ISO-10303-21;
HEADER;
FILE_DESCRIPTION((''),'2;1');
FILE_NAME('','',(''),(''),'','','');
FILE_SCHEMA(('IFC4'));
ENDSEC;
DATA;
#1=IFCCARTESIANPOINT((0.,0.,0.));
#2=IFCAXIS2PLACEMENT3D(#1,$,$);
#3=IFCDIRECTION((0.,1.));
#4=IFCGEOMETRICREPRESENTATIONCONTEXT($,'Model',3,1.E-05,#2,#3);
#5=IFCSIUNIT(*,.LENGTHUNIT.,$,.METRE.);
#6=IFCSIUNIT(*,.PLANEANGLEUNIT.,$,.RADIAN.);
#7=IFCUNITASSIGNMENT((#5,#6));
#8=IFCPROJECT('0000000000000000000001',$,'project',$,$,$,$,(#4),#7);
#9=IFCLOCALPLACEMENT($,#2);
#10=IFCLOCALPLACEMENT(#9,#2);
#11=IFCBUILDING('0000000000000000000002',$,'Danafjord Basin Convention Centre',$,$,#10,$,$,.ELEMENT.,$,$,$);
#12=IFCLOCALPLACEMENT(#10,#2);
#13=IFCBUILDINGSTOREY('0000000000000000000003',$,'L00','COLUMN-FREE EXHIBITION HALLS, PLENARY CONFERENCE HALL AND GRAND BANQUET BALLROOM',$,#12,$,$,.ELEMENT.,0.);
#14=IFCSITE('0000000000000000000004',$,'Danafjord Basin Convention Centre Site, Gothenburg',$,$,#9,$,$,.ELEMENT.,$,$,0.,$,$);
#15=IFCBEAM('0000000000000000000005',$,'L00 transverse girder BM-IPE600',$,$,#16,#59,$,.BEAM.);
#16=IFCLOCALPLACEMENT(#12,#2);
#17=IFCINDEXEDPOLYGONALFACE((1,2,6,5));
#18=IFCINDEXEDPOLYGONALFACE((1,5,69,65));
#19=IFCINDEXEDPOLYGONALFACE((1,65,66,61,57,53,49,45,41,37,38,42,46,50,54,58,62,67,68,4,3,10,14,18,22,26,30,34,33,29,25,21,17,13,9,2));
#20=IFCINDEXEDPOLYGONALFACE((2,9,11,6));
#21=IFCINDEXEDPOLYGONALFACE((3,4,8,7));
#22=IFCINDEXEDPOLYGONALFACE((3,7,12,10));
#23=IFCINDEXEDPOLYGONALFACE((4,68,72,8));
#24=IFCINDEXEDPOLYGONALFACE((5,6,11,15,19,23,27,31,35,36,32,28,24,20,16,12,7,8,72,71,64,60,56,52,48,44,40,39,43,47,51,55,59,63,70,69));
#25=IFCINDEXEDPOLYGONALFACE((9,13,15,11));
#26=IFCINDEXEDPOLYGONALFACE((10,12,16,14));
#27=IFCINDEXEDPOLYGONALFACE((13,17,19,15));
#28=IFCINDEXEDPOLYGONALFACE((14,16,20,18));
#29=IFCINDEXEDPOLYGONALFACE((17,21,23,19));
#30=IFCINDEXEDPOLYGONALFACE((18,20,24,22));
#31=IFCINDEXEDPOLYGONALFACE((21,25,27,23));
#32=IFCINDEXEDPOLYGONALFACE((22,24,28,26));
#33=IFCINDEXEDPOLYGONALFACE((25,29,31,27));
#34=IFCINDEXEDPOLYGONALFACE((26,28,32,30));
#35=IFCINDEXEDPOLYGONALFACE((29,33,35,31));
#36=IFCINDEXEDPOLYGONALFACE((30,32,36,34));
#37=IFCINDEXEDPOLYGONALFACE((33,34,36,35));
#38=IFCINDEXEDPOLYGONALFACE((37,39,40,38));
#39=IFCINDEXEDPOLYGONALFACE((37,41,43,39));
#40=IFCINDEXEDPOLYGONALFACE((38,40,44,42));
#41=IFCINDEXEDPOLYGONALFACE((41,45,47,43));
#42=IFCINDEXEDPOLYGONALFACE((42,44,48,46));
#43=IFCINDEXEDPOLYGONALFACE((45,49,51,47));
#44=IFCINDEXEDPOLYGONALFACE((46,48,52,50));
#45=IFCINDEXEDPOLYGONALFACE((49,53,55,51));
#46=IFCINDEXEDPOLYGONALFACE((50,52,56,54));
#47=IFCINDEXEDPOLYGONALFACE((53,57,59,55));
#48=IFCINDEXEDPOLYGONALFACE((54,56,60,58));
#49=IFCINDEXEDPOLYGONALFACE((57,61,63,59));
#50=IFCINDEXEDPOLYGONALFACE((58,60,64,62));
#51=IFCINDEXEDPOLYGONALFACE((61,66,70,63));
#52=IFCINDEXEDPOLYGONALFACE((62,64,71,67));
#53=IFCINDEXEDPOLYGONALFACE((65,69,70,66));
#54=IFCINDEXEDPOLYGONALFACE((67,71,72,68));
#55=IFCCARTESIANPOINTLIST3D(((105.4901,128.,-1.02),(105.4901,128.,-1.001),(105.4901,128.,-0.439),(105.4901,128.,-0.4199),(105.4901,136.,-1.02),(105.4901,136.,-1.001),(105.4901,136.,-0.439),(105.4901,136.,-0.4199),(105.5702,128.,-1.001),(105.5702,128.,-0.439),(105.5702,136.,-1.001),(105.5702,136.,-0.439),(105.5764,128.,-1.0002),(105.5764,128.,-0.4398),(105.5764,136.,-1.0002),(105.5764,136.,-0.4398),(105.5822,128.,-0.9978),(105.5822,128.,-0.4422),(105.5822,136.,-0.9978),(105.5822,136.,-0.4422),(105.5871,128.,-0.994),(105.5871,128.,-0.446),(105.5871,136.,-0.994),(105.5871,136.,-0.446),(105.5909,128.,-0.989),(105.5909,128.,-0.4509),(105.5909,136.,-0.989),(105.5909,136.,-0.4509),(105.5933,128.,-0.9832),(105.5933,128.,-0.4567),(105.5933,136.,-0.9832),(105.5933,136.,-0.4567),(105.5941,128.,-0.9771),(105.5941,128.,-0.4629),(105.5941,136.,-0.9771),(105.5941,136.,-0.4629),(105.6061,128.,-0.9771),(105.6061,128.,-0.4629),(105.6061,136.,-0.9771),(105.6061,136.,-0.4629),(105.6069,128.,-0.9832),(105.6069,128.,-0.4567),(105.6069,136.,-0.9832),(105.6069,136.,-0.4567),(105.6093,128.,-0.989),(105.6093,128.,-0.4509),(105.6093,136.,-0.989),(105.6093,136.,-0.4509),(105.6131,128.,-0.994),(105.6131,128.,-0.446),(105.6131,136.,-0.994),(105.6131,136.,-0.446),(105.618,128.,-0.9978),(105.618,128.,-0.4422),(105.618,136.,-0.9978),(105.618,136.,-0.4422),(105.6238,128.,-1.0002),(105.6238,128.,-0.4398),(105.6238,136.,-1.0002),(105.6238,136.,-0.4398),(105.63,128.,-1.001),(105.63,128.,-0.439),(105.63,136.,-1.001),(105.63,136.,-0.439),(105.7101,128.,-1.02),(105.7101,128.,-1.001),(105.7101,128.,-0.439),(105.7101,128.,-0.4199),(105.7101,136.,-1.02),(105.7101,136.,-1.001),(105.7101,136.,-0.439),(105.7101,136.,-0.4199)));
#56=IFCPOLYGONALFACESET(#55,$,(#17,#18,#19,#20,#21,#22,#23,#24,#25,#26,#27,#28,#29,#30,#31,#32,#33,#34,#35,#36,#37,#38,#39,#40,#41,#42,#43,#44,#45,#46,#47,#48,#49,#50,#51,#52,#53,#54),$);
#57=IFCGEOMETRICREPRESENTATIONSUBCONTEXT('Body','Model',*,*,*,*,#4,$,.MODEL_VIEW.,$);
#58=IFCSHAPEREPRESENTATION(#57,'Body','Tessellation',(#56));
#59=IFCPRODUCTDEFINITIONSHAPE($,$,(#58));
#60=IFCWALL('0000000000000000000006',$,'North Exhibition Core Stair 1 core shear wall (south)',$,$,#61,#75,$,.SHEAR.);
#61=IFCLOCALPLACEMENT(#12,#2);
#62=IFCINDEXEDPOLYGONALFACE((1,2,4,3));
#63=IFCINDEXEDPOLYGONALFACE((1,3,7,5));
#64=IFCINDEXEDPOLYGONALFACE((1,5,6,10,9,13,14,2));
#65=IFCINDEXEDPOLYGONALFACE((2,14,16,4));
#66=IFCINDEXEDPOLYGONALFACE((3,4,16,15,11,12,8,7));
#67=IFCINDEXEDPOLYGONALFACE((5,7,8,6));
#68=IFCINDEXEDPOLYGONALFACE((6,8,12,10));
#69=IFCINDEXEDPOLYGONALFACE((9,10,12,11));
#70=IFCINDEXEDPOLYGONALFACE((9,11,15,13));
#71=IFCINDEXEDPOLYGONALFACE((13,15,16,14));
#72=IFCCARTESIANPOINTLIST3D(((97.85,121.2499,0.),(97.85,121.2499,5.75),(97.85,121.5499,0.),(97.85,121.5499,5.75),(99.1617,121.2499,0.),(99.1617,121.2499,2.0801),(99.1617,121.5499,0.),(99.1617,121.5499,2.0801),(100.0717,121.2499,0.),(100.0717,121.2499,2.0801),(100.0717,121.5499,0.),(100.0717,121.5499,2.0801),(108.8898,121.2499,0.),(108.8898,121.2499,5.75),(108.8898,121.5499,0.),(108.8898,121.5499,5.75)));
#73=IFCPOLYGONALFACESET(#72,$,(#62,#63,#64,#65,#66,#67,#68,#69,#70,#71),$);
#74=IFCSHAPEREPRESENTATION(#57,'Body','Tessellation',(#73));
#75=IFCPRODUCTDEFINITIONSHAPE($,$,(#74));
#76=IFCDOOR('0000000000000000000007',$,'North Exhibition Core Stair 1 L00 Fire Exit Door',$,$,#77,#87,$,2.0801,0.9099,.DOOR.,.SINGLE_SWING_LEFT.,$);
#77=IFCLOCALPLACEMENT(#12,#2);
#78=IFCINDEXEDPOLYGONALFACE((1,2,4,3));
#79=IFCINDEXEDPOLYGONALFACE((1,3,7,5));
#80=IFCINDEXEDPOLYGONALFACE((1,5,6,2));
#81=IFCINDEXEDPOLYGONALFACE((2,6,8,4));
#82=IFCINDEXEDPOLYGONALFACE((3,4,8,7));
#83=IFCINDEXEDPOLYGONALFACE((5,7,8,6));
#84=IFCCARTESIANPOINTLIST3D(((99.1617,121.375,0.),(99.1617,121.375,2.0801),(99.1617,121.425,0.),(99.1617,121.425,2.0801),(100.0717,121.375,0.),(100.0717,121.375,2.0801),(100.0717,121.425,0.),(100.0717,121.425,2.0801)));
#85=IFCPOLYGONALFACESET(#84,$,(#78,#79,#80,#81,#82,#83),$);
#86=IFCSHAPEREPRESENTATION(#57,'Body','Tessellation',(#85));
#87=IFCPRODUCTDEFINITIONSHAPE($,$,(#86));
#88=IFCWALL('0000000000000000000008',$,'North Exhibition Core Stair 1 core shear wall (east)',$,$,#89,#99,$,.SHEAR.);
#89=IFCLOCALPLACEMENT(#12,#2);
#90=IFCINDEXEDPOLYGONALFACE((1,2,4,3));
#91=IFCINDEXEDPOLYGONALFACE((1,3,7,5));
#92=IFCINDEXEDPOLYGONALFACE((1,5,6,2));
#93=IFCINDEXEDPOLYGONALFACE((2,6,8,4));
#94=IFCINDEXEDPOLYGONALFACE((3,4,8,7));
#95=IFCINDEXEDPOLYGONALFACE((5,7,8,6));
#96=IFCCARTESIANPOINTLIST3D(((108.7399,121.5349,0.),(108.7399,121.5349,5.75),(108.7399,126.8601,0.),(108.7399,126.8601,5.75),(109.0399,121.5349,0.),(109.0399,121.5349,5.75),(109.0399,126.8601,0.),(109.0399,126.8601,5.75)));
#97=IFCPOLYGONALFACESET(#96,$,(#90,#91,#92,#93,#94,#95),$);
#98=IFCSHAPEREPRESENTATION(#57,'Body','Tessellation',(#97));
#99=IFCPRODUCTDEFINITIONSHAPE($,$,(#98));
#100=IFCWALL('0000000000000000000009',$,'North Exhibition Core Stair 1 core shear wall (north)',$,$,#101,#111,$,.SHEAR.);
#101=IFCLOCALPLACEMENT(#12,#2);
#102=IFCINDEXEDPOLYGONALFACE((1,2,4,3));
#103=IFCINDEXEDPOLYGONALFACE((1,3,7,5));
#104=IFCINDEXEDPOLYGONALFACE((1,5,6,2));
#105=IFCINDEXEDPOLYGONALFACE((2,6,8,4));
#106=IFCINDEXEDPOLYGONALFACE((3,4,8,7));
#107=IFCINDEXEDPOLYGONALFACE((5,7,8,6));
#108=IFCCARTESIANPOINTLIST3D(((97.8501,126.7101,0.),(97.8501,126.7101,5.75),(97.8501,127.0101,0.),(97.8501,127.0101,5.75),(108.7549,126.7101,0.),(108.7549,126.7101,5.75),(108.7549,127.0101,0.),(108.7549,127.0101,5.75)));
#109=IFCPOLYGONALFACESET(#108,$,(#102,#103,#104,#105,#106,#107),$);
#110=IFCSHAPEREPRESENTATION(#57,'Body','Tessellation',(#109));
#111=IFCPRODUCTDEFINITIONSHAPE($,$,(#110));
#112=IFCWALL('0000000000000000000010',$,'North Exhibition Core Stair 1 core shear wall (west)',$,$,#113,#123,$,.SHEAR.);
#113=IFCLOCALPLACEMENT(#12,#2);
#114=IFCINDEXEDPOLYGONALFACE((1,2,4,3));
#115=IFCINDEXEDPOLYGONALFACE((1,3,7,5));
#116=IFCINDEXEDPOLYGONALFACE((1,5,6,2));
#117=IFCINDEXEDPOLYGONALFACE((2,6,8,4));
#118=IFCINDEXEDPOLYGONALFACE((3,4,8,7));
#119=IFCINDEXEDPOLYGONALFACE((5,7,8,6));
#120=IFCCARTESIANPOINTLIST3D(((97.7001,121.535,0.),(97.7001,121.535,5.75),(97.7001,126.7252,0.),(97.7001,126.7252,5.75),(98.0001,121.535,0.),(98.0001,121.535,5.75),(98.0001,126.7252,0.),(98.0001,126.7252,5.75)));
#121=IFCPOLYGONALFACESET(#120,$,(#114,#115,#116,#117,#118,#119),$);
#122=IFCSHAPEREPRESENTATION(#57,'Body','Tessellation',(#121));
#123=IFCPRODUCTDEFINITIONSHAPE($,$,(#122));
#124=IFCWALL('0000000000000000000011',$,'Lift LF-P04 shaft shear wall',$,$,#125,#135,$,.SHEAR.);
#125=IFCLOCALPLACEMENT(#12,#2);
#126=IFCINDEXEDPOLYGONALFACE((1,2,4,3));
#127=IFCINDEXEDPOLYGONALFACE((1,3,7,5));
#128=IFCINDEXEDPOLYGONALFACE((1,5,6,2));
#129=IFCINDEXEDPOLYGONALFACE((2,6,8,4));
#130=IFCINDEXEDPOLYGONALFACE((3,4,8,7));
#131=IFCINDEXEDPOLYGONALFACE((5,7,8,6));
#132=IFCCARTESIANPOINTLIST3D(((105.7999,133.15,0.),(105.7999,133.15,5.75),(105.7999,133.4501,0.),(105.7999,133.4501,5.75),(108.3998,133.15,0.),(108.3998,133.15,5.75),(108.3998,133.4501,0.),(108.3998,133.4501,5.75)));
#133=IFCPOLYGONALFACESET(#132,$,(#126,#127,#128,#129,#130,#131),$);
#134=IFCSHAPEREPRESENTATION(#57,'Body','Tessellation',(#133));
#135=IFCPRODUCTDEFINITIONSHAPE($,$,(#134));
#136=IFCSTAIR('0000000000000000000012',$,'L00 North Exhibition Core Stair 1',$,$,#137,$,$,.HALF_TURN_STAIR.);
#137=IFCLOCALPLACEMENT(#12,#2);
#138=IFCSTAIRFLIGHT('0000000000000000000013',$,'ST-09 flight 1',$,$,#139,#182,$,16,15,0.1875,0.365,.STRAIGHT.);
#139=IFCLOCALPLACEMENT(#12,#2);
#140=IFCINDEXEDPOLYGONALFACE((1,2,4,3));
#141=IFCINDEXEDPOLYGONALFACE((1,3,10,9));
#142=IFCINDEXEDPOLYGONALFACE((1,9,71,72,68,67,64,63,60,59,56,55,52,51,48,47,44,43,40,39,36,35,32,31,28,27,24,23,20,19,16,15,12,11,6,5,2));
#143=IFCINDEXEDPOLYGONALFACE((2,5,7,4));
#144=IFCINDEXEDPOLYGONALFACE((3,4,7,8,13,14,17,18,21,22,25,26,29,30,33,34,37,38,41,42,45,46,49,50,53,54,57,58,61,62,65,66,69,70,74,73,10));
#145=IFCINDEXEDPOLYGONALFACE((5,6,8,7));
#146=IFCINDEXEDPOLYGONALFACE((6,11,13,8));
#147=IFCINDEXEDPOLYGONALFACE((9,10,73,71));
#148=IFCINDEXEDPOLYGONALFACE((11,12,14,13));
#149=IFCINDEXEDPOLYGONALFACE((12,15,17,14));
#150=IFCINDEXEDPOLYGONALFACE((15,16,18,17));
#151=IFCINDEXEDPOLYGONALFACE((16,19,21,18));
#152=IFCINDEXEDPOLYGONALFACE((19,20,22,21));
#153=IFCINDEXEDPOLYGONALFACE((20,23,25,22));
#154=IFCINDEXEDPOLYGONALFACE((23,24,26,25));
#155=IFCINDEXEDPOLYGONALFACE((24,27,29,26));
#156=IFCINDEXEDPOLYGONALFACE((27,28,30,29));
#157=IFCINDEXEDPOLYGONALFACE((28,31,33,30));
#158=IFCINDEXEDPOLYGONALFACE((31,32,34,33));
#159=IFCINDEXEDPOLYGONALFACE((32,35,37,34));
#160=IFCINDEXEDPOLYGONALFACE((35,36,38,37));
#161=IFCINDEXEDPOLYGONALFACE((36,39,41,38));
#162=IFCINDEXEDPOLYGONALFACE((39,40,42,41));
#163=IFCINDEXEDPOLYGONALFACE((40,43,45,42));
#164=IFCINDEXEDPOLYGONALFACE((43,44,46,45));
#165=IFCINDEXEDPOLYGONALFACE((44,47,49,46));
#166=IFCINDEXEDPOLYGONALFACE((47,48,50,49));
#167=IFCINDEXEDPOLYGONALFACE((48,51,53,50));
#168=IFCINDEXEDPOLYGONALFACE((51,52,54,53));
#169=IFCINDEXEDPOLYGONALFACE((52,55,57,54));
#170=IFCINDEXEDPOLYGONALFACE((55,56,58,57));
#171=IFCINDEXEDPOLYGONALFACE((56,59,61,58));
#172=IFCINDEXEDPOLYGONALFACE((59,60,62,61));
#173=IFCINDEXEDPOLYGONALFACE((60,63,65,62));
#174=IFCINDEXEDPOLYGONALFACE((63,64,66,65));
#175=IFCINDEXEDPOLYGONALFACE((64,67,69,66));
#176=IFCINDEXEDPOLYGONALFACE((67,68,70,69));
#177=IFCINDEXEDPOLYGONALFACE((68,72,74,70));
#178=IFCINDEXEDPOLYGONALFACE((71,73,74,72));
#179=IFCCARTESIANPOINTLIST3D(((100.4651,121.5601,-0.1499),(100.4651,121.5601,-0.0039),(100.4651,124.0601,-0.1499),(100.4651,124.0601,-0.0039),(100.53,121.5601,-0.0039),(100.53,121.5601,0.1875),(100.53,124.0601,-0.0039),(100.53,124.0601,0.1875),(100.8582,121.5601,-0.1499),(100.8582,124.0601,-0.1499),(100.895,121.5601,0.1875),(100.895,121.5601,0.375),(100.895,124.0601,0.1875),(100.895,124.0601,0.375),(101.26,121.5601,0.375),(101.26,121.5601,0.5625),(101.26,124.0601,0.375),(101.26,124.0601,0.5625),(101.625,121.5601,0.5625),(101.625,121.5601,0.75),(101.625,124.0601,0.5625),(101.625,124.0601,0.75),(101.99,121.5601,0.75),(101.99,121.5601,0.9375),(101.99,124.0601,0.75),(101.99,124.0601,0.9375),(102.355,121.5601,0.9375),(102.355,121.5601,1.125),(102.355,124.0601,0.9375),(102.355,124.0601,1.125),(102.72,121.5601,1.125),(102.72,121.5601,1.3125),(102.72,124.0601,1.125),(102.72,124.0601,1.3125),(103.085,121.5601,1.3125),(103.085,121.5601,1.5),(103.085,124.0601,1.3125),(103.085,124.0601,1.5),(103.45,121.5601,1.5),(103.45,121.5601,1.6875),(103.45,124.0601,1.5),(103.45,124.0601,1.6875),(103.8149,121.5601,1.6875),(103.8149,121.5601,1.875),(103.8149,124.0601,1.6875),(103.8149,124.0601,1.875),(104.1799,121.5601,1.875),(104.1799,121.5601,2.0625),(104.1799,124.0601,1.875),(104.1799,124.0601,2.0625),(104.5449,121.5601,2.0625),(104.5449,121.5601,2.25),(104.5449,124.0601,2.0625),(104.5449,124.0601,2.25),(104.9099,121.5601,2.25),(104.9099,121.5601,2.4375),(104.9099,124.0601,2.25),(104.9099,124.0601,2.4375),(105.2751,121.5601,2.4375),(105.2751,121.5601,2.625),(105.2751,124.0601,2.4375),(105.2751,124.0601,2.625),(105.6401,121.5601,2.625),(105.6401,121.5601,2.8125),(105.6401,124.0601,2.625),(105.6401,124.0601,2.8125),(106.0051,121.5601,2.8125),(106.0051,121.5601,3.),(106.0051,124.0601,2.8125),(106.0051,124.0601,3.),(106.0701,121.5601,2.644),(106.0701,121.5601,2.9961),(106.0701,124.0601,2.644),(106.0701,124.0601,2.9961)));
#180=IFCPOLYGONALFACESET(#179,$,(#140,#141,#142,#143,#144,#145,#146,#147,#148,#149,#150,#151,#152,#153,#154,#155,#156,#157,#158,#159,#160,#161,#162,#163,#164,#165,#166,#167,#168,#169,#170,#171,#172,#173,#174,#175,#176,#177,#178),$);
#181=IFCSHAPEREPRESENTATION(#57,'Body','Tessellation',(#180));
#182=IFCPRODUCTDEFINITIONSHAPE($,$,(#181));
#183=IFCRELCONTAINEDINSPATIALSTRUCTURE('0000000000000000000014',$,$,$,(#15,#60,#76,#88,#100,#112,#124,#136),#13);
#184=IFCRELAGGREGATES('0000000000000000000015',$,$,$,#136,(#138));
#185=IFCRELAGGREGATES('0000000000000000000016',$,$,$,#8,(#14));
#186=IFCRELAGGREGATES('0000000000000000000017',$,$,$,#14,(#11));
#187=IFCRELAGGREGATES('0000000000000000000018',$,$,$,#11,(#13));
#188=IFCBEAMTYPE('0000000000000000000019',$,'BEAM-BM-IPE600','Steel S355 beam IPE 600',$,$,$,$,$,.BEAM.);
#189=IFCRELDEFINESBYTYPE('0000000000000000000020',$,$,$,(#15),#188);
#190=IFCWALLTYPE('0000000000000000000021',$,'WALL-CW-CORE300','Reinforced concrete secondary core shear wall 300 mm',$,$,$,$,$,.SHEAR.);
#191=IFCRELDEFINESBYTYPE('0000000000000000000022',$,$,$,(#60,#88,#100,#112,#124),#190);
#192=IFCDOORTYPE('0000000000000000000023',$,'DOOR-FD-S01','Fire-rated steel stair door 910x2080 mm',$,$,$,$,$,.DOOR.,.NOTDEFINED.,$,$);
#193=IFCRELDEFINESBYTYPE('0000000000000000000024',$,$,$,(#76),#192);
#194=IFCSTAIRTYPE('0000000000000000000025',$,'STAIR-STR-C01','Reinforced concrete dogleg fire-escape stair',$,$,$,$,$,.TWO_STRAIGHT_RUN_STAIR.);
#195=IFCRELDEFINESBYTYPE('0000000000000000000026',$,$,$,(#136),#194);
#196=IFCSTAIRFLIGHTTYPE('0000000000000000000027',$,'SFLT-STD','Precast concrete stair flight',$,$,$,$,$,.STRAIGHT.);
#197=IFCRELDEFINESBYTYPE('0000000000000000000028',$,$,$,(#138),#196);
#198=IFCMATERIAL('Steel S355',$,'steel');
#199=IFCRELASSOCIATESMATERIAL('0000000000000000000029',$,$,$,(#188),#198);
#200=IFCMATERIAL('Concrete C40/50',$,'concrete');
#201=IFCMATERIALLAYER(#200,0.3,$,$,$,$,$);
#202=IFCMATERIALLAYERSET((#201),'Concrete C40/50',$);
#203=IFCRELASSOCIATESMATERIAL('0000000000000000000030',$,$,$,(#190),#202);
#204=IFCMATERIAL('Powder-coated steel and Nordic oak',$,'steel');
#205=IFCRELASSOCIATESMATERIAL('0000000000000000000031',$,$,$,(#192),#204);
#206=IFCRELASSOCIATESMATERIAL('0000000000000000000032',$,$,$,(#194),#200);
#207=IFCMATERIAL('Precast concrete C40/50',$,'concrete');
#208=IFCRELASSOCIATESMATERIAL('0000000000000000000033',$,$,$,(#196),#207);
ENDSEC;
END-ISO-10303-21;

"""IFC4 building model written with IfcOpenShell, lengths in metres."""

from ifc_helpers import new_model, si_unit, direction, frame, frame_2d, origin, origin_2d, place, context, subcontext, project, spatial, polyline, rectangle, i_section, outline, extrude, material, layer, layer_set, material_profile, profile_set, type_object, element, fill, aggregate, save


model = new_model("IFC4")

# Units and contexts
model_context = context("Model", 3, precision=1e-05, world=origin(), true_north=direction((0.0, 1.0)))
body_context = subcontext(model_context, "Body", "Model", "MODEL_VIEW")
ifc_project = project(units=[si_unit("LENGTHUNIT", "METRE"), si_unit("PLANEANGLEUNIT", "RADIAN")], contexts=[model_context])

# Site, building, storey
site_placement = place(None, origin())
site = spatial("IfcSite", under=ifc_project, at=site_placement, Name="Danafjord Basin Convention Centre Site, Gothenburg", CompositionType="ELEMENT", RefElevation=0.0)
building_placement = place(site_placement, origin())
building = spatial("IfcBuilding", under=site, at=building_placement, Name="Danafjord Basin Convention Centre", CompositionType="ELEMENT")
storey_placement = place(building_placement, origin())
storey = spatial("IfcBuildingStorey", under=building, at=storey_placement, Name="L00", Description="COLUMN-FREE EXHIBITION HALLS, PLENARY CONFERENCE HALL AND GRAND BANQUET BALLROOM", CompositionType="ELEMENT", Elevation=0.0)

# Shared definitions
ifc_material_1 = material(Name="Steel S355", Category="steel")

# Beam
ifc_material_profile_1 = material_profile(ifc_material_1, i_section(OverallWidth=0.22, OverallDepth=0.6001, WebThickness=0.012, FlangeThickness=0.019, FilletRadius=0.0239, at=origin_2d()), Name="IPE 600")
ifc_profile_set_1 = profile_set([ifc_material_profile_1], Name="Steel S355")
beam_type_1 = type_object("IfcBeamType", Name="BEAM-BM-IPE600", Description="Steel S355 beam IPE 600", PredefinedType="BEAM", material=ifc_profile_set_1)
beam_1_placement = place(storey_placement, frame((105.6001, 128.0, -0.72), z_axis=(0.0, 1.0, 0.0), x_axis=(-1.0, 0.0, 0.0)))
element("IfcBeam", 1, at=beam_1_placement, inside=storey, type_object=beam_type_1, Name="L00 transverse girder BM-IPE600", PredefinedType="BEAM", context=body_context, shape_type="SweptSolid", body=[
    extrude(i_section(OverallWidth=0.22, OverallDepth=0.6001, WebThickness=0.012, FlangeThickness=0.019, FilletRadius=0.0239, at=origin_2d()), origin(), (0.0, 0.0, 1.0), 8.0),
])

# Wall, opening, door
ifc_material_2 = material(Name="Concrete C40/50", Category="concrete")
ifc_layer = layer(ifc_material_2, 0.3)
ifc_layer_set = layer_set([ifc_layer], Name="Concrete C40/50")
wall_type = type_object("IfcWallType", Name="WALL-CW-CORE300", Description="Reinforced concrete secondary core shear wall 300 mm", PredefinedType="SHEAR", material=ifc_layer_set)
wall_1_placement = place(storey_placement, frame((108.8899, 121.3999, 0.0), z_axis=(0.0, 0.0, 1.0), x_axis=(-1.0, 0.0, 0.0)))
wall_1 = element("IfcWall", 2, at=wall_1_placement, inside=storey, type_object=wall_type, Name="North Exhibition Core Stair 1 core shear wall (south)", PredefinedType="SHEAR", context=body_context, shape_type="SweptSolid", body=[
    extrude(rectangle(XDim=11.0398, YDim=0.3, at=frame_2d((5.52, 0.0))), origin(), (0.0, 0.0, 1.0), 5.75),
])
opening_placement = place(wall_1_placement, frame((8.8181, 0.0, 0.0)))
opening = element("IfcOpeningElement", 3, at=opening_placement, cuts=wall_1, PredefinedType="OPENING", context=body_context, shape_type="SweptSolid", body=[
    extrude(rectangle(XDim=0.9099, YDim=2.0801, at=frame_2d((0.4551, 1.04))), frame((0.0, 0.1599, 0.0), z_axis=(0.0, -1.0, 0.0), x_axis=(1.0, 0.0, 0.0)), (0.0, 0.0, 1.0), 0.3201),
])
ifc_material_3 = material(Name="Powder-coated steel and Nordic oak", Category="steel")
door_type = type_object("IfcDoorType", Name="DOOR-FD-S01", Description="Fire-rated steel stair door 910x2080 mm", OperationType="NOTDEFINED", PredefinedType="DOOR", material=ifc_material_3)
door_placement = place(opening_placement, origin())
door = element("IfcDoor", 4, at=door_placement, inside=storey, type_object=door_type, Name="North Exhibition Core Stair 1 L00 Fire Exit Door", OperationType="SINGLE_SWING_LEFT", OverallHeight=2.0801, OverallWidth=0.9099, PredefinedType="DOOR", context=body_context, shape_type="SweptSolid", body=[
    extrude(rectangle(XDim=0.9099, YDim=2.0801, at=frame_2d((0.4551, 1.04))), frame((0.0, 0.0249, 0.0), z_axis=(0.0, -1.0, 0.0), x_axis=(1.0, 0.0, 0.0)), (0.0, 0.0, 1.0), 0.05),
])
fill(opening, door)

# Walls
wall_2_placement = place(storey_placement, frame((108.8899, 126.8601, 0.0), z_axis=(0.0, 0.0, 1.0), x_axis=(0.0, -1.0, 0.0)))
element("IfcWall", 5, at=wall_2_placement, inside=storey, type_object=wall_type, Name="North Exhibition Core Stair 1 core shear wall (east)", PredefinedType="SHEAR", context=body_context, shape_type="SweptSolid", body=[
    extrude(rectangle(XDim=5.3252, YDim=0.3, at=frame_2d((2.6626, 0.0))), origin(), (0.0, 0.0, 1.0), 5.75),
])
wall_3_placement = place(storey_placement, frame((97.8501, 126.8601, 0.0), z_axis=(0.0, 0.0, 1.0), x_axis=(1.0, 0.0, 0.0)))
element("IfcWall", 6, at=wall_3_placement, inside=storey, type_object=wall_type, Name="North Exhibition Core Stair 1 core shear wall (north)", PredefinedType="SHEAR", context=body_context, shape_type="SweptSolid", body=[
    extrude(rectangle(XDim=10.9048, YDim=0.3, at=frame_2d((5.4524, 0.0))), origin(), (0.0, 0.0, 1.0), 5.75),
])
wall_4_placement = place(storey_placement, frame((97.8501, 121.5349, 0.0), z_axis=(0.0, 0.0, 1.0), x_axis=(0.0, 1.0, 0.0)))
element("IfcWall", 7, at=wall_4_placement, inside=storey, type_object=wall_type, Name="North Exhibition Core Stair 1 core shear wall (west)", PredefinedType="SHEAR", context=body_context, shape_type="SweptSolid", body=[
    extrude(rectangle(XDim=5.1902, YDim=0.3, at=frame_2d((2.5952, 0.0))), origin(), (0.0, 0.0, 1.0), 5.75),
])
wall_5_placement = place(storey_placement, frame((105.8, 133.3, 0.0), z_axis=(0.0, 0.0, 1.0), x_axis=(1.0, 0.0, 0.0)))
element("IfcWall", 8, at=wall_5_placement, inside=storey, type_object=wall_type, Name="Lift LF-P04 shaft shear wall", PredefinedType="SHEAR", context=body_context, shape_type="SweptSolid", body=[
    extrude(rectangle(XDim=2.5999, YDim=0.3, at=frame_2d((1.2998, 0.0))), origin(), (0.0, 0.0, 1.0), 5.75),
])

# Stair, stair flight
stair_type = type_object("IfcStairType", Name="STAIR-STR-C01", Description="Reinforced concrete dogleg fire-escape stair", PredefinedType="TWO_STRAIGHT_RUN_STAIR", material=ifc_material_2)
stair_placement = place(storey_placement, origin())
stair = element("IfcStair", 9, at=stair_placement, inside=storey, type_object=stair_type, Name="L00 North Exhibition Core Stair 1", PredefinedType="HALF_TURN_STAIR")
ifc_material_4 = material(Name="Precast concrete C40/50", Category="concrete")
stair_flight_type = type_object("IfcStairFlightType", Name="SFLT-STD", Description="Precast concrete stair flight", PredefinedType="STRAIGHT", material=ifc_material_4)
stair_flight_1_placement = place(storey_placement, frame((100.53, 122.8101, 0.0), z_axis=(0.0, 0.0, 1.0), x_axis=(1.0, 0.0, 0.0)))
stair_flight_1 = element("IfcStairFlight", 10, at=stair_flight_1_placement, type_object=stair_flight_type, Name="ST-09 flight 1", NumberOfRisers=16, NumberOfTreads=15, PredefinedType="STRAIGHT", RiserHeight=0.1875, TreadLength=0.365, context=body_context, shape_type="SweptSolid", body=[
    extrude(outline(polyline([(-0.0649, -0.1499), (-0.0649, -0.0039), (0.0, -0.0039), (0.0, 0.1875), (0.365, 0.1875), (0.365, 0.375), (0.73, 0.375), (0.73, 0.5625), (1.095, 0.5625), (1.095, 0.75), (1.46, 0.75), (1.46, 0.9375), (1.825, 0.9375), (1.825, 1.125), (2.1899, 1.125), (2.1899, 1.3125), (2.5549, 1.3125), (2.5549, 1.5), (2.9199, 1.5), (2.9199, 1.6875), (3.2849, 1.6875), (3.2849, 1.875), (3.6499, 1.875), (3.6499, 2.0625), (4.0149, 2.0625), (4.0149, 2.25), (4.3799, 2.25), (4.3799, 2.4375), (4.7451, 2.4375), (4.7451, 2.625), (5.1101, 2.625), (5.1101, 2.8125), (5.4751, 2.8125), (5.4751, 3.0), (5.54, 2.9961), (5.54, 2.644), (0.3281, -0.1499), (-0.0649, -0.1499)])), frame((0.0, 1.25, 0.0), z_axis=(0.0, -1.0, 0.0), x_axis=(1.0, 0.0, 0.0)), (0.0, 0.0, 1.0), 2.5),
])
aggregate(stair, [stair_flight_1])

save(model, "model.ifc")
